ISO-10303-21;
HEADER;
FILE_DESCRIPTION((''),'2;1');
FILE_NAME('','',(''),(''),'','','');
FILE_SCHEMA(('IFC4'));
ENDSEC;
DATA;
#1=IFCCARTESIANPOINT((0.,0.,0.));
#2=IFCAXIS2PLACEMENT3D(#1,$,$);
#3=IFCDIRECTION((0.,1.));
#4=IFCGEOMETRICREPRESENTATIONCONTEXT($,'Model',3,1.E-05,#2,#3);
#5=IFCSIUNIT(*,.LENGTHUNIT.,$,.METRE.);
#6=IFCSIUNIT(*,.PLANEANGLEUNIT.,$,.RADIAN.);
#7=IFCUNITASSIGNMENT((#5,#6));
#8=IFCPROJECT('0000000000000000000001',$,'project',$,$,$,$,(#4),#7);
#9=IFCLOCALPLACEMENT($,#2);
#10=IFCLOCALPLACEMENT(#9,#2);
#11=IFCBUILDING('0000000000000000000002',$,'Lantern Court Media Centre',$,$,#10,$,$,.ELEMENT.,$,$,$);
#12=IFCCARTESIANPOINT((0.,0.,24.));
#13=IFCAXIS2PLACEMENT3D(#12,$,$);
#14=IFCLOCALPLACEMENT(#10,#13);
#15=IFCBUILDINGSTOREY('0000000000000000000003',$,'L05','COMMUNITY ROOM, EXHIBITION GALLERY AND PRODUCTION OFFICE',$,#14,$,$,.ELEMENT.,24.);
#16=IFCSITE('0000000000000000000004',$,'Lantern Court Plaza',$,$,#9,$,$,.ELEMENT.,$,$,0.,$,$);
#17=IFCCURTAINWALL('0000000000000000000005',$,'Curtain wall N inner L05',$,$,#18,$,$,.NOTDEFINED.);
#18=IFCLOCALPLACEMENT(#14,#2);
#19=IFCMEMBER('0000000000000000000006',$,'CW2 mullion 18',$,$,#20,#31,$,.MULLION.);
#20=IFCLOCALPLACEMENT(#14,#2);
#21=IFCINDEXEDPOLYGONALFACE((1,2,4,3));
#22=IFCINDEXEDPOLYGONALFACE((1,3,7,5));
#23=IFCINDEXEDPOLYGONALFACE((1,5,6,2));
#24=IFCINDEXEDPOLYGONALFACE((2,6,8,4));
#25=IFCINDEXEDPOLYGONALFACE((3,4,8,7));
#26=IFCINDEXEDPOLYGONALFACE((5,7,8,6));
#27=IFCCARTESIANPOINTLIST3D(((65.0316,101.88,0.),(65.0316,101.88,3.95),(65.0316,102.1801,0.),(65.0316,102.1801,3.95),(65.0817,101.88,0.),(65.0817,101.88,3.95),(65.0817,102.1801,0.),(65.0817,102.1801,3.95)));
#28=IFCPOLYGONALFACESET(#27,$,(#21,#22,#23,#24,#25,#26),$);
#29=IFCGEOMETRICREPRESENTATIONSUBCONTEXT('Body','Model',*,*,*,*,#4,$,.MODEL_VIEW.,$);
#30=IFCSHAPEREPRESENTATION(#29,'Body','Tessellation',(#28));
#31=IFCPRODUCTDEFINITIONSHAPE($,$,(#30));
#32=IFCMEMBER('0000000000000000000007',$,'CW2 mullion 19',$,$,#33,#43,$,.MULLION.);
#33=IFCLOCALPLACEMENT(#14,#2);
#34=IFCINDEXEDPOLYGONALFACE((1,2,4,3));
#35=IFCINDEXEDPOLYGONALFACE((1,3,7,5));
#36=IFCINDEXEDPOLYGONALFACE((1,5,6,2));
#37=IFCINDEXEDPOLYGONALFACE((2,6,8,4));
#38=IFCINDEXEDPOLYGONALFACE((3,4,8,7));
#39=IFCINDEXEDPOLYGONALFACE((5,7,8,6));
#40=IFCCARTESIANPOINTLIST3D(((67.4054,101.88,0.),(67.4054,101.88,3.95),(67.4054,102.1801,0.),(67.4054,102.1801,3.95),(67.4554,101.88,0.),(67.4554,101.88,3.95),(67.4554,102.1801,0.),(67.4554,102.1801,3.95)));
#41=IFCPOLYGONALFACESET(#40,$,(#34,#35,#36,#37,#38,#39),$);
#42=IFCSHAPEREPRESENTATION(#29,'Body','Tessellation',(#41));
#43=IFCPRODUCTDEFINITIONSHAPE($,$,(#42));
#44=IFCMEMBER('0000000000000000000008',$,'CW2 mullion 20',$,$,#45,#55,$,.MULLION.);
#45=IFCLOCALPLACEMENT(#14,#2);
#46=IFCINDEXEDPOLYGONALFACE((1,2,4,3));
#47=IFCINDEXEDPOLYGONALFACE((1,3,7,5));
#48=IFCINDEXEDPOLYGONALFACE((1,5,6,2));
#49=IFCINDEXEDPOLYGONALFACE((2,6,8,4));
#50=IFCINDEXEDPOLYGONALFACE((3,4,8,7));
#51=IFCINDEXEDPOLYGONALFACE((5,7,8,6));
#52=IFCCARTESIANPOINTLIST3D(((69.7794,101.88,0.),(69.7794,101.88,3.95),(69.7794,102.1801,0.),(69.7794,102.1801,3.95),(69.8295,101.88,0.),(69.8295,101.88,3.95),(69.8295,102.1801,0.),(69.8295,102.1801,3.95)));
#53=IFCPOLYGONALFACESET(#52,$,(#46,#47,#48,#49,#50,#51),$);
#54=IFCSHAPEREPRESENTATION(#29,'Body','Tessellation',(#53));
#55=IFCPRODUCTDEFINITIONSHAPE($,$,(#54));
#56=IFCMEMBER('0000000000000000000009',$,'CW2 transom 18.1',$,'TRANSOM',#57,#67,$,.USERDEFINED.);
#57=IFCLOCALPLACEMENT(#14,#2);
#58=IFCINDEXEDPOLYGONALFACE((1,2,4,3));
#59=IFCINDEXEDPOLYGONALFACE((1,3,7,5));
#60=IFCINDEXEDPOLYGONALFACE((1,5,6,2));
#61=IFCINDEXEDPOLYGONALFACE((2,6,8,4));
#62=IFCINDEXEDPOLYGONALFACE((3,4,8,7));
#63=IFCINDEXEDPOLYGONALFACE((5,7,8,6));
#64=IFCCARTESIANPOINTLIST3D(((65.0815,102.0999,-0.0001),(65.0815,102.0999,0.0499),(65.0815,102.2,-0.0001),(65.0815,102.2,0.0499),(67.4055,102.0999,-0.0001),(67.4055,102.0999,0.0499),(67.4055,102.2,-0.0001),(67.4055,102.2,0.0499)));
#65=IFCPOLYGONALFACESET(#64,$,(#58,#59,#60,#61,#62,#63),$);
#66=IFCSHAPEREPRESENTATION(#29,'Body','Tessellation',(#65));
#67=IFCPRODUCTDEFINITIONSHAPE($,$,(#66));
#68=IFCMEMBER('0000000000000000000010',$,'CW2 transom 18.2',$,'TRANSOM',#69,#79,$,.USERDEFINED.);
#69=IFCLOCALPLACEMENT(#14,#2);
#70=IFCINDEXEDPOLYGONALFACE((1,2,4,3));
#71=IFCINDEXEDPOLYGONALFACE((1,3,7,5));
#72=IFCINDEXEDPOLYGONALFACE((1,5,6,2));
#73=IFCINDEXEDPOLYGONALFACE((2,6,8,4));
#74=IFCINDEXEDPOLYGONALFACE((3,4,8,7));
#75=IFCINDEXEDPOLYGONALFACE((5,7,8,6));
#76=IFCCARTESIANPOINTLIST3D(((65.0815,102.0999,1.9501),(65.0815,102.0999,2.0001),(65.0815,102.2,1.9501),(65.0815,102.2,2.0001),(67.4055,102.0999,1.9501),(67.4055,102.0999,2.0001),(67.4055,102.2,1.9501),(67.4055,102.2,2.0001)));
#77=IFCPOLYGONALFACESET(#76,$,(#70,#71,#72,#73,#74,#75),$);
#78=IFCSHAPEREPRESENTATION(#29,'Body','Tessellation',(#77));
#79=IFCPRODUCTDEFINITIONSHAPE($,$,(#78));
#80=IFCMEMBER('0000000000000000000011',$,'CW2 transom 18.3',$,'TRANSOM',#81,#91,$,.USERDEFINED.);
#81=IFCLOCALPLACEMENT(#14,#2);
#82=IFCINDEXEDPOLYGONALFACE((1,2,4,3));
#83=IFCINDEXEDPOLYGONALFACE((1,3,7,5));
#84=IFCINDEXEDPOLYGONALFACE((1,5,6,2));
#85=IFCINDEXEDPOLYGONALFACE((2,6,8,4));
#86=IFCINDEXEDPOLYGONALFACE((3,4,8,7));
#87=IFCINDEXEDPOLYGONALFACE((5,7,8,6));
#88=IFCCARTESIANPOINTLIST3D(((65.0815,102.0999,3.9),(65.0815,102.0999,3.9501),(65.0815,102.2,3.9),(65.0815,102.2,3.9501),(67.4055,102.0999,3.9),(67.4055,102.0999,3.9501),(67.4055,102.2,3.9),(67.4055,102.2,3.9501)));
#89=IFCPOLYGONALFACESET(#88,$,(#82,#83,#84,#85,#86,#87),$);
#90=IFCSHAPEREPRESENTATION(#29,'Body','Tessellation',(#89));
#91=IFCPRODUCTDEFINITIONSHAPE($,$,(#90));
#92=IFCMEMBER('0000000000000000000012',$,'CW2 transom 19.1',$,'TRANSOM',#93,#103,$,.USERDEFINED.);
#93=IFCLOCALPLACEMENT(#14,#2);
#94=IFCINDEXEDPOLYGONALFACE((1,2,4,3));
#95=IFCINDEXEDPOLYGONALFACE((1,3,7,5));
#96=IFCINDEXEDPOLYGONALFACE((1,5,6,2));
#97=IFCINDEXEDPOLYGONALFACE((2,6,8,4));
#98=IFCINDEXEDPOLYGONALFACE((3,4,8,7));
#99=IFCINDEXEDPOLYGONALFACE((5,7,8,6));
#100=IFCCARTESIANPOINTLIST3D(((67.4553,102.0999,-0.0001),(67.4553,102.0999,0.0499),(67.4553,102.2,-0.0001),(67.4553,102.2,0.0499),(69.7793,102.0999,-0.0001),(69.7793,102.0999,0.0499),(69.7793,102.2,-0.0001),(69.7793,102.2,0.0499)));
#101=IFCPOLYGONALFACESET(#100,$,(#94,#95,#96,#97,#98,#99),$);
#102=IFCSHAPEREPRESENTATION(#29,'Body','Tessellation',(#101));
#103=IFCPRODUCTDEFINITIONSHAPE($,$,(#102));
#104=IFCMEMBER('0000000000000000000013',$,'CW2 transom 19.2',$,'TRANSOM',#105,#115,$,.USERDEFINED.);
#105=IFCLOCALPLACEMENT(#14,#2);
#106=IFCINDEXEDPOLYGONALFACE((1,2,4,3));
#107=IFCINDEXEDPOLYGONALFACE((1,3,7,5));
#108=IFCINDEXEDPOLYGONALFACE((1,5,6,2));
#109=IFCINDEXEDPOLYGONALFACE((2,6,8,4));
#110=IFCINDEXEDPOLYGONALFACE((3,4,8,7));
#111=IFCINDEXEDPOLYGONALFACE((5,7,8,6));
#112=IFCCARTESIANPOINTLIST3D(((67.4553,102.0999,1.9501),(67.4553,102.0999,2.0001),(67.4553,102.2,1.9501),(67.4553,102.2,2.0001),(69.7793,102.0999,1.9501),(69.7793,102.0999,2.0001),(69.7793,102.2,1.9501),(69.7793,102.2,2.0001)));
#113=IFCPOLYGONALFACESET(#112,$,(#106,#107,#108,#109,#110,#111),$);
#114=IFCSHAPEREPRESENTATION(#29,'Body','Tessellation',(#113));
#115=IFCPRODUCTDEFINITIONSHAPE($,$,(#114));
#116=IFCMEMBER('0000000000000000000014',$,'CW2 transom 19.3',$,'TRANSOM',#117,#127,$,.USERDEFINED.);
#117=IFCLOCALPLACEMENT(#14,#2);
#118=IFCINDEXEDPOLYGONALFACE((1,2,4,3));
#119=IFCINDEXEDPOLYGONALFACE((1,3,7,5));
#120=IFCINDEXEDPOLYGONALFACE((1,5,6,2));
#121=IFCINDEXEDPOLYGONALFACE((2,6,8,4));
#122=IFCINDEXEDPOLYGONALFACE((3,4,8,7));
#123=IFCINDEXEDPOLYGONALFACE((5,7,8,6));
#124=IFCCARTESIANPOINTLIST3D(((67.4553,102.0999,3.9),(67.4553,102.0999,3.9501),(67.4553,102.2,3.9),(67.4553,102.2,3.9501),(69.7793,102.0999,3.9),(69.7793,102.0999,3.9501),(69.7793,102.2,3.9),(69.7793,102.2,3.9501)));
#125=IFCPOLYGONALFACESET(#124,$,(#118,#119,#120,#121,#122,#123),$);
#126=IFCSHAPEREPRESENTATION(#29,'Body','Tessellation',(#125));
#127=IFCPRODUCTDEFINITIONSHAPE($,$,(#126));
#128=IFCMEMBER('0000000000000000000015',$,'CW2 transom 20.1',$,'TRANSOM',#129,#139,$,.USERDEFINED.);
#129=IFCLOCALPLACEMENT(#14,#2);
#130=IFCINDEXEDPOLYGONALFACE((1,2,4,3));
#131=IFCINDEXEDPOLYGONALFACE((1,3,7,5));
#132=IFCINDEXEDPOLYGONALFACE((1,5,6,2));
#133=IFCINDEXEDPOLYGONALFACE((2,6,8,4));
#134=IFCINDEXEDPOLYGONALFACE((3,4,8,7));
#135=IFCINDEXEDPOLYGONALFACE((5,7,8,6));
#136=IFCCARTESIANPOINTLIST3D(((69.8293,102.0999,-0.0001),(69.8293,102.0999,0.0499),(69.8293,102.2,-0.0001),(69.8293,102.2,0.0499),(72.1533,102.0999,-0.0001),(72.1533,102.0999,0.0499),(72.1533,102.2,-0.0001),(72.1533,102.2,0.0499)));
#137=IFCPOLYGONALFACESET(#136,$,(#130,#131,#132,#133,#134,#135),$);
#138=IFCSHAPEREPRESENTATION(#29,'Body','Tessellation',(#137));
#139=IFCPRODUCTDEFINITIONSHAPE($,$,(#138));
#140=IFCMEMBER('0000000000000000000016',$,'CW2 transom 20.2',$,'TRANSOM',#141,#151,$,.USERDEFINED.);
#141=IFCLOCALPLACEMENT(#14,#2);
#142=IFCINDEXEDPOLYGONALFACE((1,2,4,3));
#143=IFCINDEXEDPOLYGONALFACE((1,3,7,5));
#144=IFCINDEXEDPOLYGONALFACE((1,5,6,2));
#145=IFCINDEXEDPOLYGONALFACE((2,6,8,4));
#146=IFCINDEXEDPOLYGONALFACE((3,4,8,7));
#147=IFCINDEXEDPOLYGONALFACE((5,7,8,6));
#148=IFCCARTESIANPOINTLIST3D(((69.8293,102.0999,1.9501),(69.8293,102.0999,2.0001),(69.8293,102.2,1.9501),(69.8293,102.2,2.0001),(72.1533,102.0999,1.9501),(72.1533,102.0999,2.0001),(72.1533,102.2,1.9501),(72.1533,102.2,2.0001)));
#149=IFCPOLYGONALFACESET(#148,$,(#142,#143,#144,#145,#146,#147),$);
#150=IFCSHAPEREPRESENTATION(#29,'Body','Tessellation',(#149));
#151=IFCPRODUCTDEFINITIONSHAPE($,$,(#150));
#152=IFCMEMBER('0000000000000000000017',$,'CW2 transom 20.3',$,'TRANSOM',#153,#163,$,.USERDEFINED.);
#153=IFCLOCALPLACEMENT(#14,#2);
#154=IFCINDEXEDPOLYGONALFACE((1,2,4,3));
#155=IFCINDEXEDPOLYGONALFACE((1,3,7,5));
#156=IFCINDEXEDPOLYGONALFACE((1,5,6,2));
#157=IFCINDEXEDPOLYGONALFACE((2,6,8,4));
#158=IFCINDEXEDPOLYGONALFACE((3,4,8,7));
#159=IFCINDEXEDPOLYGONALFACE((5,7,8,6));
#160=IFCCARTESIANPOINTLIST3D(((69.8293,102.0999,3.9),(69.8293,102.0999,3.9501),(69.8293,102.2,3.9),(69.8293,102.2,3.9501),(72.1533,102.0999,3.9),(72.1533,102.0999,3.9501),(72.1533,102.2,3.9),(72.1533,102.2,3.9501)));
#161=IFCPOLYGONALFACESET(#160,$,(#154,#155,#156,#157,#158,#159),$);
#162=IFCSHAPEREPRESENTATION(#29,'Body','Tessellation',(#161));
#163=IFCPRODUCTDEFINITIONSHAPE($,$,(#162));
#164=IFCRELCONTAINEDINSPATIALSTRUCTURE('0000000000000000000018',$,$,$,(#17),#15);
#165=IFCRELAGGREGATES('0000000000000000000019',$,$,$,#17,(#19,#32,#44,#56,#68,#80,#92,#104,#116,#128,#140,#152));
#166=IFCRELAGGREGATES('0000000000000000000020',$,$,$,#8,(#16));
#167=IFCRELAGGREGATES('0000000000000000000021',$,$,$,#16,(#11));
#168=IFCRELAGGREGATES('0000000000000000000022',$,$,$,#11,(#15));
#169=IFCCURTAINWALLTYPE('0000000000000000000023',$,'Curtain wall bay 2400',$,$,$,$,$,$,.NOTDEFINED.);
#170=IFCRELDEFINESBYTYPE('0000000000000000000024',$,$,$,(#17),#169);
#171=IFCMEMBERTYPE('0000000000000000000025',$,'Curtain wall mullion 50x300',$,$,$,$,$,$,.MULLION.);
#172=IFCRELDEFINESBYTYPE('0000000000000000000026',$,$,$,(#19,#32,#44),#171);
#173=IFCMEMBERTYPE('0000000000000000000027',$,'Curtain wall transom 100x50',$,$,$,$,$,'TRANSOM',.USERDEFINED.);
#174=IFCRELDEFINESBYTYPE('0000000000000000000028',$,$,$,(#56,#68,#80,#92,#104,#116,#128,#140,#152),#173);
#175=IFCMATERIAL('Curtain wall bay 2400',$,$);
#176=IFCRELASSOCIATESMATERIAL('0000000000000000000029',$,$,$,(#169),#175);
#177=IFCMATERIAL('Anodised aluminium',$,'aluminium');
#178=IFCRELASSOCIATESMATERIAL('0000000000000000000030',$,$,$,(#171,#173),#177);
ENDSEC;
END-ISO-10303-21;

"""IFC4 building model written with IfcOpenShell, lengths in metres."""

from ifc_helpers import new_model, si_unit, direction, frame, origin, origin_2d, place, context, subcontext, project, spatial, rectangle, extrude, material, material_profile, profile_set, type_object, element, aggregate, save


model = new_model("IFC4")

# Units and contexts
model_context = context("Model", 3, precision=1e-05, world=origin(), true_north=direction((0.0, 1.0)))
body_context = subcontext(model_context, "Body", "Model", "MODEL_VIEW")
ifc_project = project(units=[si_unit("LENGTHUNIT", "METRE"), si_unit("PLANEANGLEUNIT", "RADIAN")], contexts=[model_context])

# Site, building, storey
site_placement = place(None, origin())
site = spatial("IfcSite", under=ifc_project, at=site_placement, Name="Lantern Court Plaza", CompositionType="ELEMENT", RefElevation=0.0)
building_placement = place(site_placement, origin())
building = spatial("IfcBuilding", under=site, at=building_placement, Name="Lantern Court Media Centre", CompositionType="ELEMENT")
storey_placement = place(building_placement, frame((0.0, 0.0, 24.0)))
storey = spatial("IfcBuildingStorey", under=building, at=storey_placement, Name="L05", Description="COMMUNITY ROOM, EXHIBITION GALLERY AND PRODUCTION OFFICE", CompositionType="ELEMENT", Elevation=24.0)

# Curtain wall, members
ifc_material_1 = material(Name="Curtain wall bay 2400")
curtain_wall_type = type_object("IfcCurtainWallType", Name="Curtain wall bay 2400", PredefinedType="NOTDEFINED", material=ifc_material_1)
curtain_wall_placement = place(storey_placement, origin())
curtain_wall = element("IfcCurtainWall", 1, at=curtain_wall_placement, inside=storey, type_object=curtain_wall_type, Name="Curtain wall N inner L05", PredefinedType="NOTDEFINED")
ifc_material_2 = material(Name="Anodised aluminium", Category="aluminium")
ifc_material_profile_1 = material_profile(ifc_material_2, rectangle(XDim=0.3, YDim=0.05, at=origin_2d()), Name="AL 50x300")
ifc_profile_set_1 = profile_set([ifc_material_profile_1], Name="Anodised aluminium")
member_type_1 = type_object("IfcMemberType", Name="Curtain wall mullion 50x300", PredefinedType="MULLION", material=ifc_profile_set_1)
member_1_placement = place(storey_placement, frame((65.0566, 102.03, 0.0), z_axis=(0.0, 0.0, 1.0), x_axis=(0.0, 1.0, 0.0)))
member_1 = element("IfcMember", 2, at=member_1_placement, type_object=member_type_1, Name="CW2 mullion 18", PredefinedType="MULLION", context=body_context, shape_type="SweptSolid", body=[
    extrude(rectangle(XDim=0.3, YDim=0.05, at=origin_2d()), origin(), (0.0, 0.0, 1.0), 3.95),
])
member_2_placement = place(storey_placement, frame((67.4304, 102.03, 0.0), z_axis=(0.0, 0.0, 1.0), x_axis=(0.0, 1.0, 0.0)))
member_2 = element("IfcMember", 3, at=member_2_placement, type_object=member_type_1, Name="CW2 mullion 19", PredefinedType="MULLION", context=body_context, shape_type="SweptSolid", body=[
    extrude(rectangle(XDim=0.3, YDim=0.05, at=origin_2d()), origin(), (0.0, 0.0, 1.0), 3.95),
])
member_3_placement = place(storey_placement, frame((69.8044, 102.03, 0.0), z_axis=(0.0, 0.0, 1.0), x_axis=(0.0, 1.0, 0.0)))
member_3 = element("IfcMember", 4, at=member_3_placement, type_object=member_type_1, Name="CW2 mullion 20", PredefinedType="MULLION", context=body_context, shape_type="SweptSolid", body=[
    extrude(rectangle(XDim=0.3, YDim=0.05, at=origin_2d()), origin(), (0.0, 0.0, 1.0), 3.95),
])
ifc_material_profile_2 = material_profile(ifc_material_2, rectangle(XDim=0.1001, YDim=0.05, at=origin_2d()), Name="AL 50x100")
ifc_profile_set_2 = profile_set([ifc_material_profile_2], Name="Anodised aluminium")
member_type_2 = type_object("IfcMemberType", Name="Curtain wall transom 100x50", ElementType="TRANSOM", PredefinedType="USERDEFINED", material=ifc_profile_set_2)
member_4_placement = place(storey_placement, frame((65.0815, 102.1499, 0.0249), z_axis=(1.0, 0.0, 0.0), x_axis=(0.0, 1.0, 0.0)))
member_4 = element("IfcMember", 5, at=member_4_placement, type_object=member_type_2, Name="CW2 transom 18.1", ObjectType="TRANSOM", PredefinedType="USERDEFINED", context=body_context, shape_type="SweptSolid", body=[
    extrude(rectangle(XDim=0.1001, YDim=0.05, at=origin_2d()), origin(), (0.0, 0.0, 1.0), 2.324),
])
member_5_placement = place(storey_placement, frame((65.0815, 102.1499, 1.9751), z_axis=(1.0, 0.0, 0.0), x_axis=(0.0, 1.0, 0.0)))
member_5 = element("IfcMember", 6, at=member_5_placement, type_object=member_type_2, Name="CW2 transom 18.2", ObjectType="TRANSOM", PredefinedType="USERDEFINED", context=body_context, shape_type="SweptSolid", body=[
    extrude(rectangle(XDim=0.1001, YDim=0.05, at=origin_2d()), origin(), (0.0, 0.0, 1.0), 2.324),
])
member_6_placement = place(storey_placement, frame((65.0815, 102.1499, 3.925), z_axis=(1.0, 0.0, 0.0), x_axis=(0.0, 1.0, 0.0)))
member_6 = element("IfcMember", 7, at=member_6_placement, type_object=member_type_2, Name="CW2 transom 18.3", ObjectType="TRANSOM", PredefinedType="USERDEFINED", context=body_context, shape_type="SweptSolid", body=[
    extrude(rectangle(XDim=0.1001, YDim=0.05, at=origin_2d()), origin(), (0.0, 0.0, 1.0), 2.324),
])
member_7_placement = place(storey_placement, frame((67.4553, 102.1499, 0.0249), z_axis=(1.0, 0.0, 0.0), x_axis=(0.0, 1.0, 0.0)))
member_7 = element("IfcMember", 8, at=member_7_placement, type_object=member_type_2, Name="CW2 transom 19.1", ObjectType="TRANSOM", PredefinedType="USERDEFINED", context=body_context, shape_type="SweptSolid", body=[
    extrude(rectangle(XDim=0.1001, YDim=0.05, at=origin_2d()), origin(), (0.0, 0.0, 1.0), 2.324),
])
member_8_placement = place(storey_placement, frame((67.4553, 102.1499, 1.9751), z_axis=(1.0, 0.0, 0.0), x_axis=(0.0, 1.0, 0.0)))
member_8 = element("IfcMember", 9, at=member_8_placement, type_object=member_type_2, Name="CW2 transom 19.2", ObjectType="TRANSOM", PredefinedType="USERDEFINED", context=body_context, shape_type="SweptSolid", body=[
    extrude(rectangle(XDim=0.1001, YDim=0.05, at=origin_2d()), origin(), (0.0, 0.0, 1.0), 2.324),
])
member_9_placement = place(storey_placement, frame((67.4553, 102.1499, 3.925), z_axis=(1.0, 0.0, 0.0), x_axis=(0.0, 1.0, 0.0)))
member_9 = element("IfcMember", 10, at=member_9_placement, type_object=member_type_2, Name="CW2 transom 19.3", ObjectType="TRANSOM", PredefinedType="USERDEFINED", context=body_context, shape_type="SweptSolid", body=[
    extrude(rectangle(XDim=0.1001, YDim=0.05, at=origin_2d()), origin(), (0.0, 0.0, 1.0), 2.324),
])
member_10_placement = place(storey_placement, frame((69.8293, 102.1499, 0.0249), z_axis=(1.0, 0.0, 0.0), x_axis=(0.0, 1.0, 0.0)))
member_10 = element("IfcMember", 11, at=member_10_placement, type_object=member_type_2, Name="CW2 transom 20.1", ObjectType="TRANSOM", PredefinedType="USERDEFINED", context=body_context, shape_type="SweptSolid", body=[
    extrude(rectangle(XDim=0.1001, YDim=0.05, at=origin_2d()), origin(), (0.0, 0.0, 1.0), 2.324),
])
member_11_placement = place(storey_placement, frame((69.8293, 102.1499, 1.9751), z_axis=(1.0, 0.0, 0.0), x_axis=(0.0, 1.0, 0.0)))
member_11 = element("IfcMember", 12, at=member_11_placement, type_object=member_type_2, Name="CW2 transom 20.2", ObjectType="TRANSOM", PredefinedType="USERDEFINED", context=body_context, shape_type="SweptSolid", body=[
    extrude(rectangle(XDim=0.1001, YDim=0.05, at=origin_2d()), origin(), (0.0, 0.0, 1.0), 2.324),
])
member_12_placement = place(storey_placement, frame((69.8293, 102.1499, 3.925), z_axis=(1.0, 0.0, 0.0), x_axis=(0.0, 1.0, 0.0)))
member_12 = element("IfcMember", 13, at=member_12_placement, type_object=member_type_2, Name="CW2 transom 20.3", ObjectType="TRANSOM", PredefinedType="USERDEFINED", context=body_context, shape_type="SweptSolid", body=[
    extrude(rectangle(XDim=0.1001, YDim=0.05, at=origin_2d()), origin(), (0.0, 0.0, 1.0), 2.324),
])

aggregate(curtain_wall, [member_1, member_2, member_3, member_4, member_5, member_6, member_7, member_8, member_9, member_10, member_11, member_12])

save(model, "model.ifc")
